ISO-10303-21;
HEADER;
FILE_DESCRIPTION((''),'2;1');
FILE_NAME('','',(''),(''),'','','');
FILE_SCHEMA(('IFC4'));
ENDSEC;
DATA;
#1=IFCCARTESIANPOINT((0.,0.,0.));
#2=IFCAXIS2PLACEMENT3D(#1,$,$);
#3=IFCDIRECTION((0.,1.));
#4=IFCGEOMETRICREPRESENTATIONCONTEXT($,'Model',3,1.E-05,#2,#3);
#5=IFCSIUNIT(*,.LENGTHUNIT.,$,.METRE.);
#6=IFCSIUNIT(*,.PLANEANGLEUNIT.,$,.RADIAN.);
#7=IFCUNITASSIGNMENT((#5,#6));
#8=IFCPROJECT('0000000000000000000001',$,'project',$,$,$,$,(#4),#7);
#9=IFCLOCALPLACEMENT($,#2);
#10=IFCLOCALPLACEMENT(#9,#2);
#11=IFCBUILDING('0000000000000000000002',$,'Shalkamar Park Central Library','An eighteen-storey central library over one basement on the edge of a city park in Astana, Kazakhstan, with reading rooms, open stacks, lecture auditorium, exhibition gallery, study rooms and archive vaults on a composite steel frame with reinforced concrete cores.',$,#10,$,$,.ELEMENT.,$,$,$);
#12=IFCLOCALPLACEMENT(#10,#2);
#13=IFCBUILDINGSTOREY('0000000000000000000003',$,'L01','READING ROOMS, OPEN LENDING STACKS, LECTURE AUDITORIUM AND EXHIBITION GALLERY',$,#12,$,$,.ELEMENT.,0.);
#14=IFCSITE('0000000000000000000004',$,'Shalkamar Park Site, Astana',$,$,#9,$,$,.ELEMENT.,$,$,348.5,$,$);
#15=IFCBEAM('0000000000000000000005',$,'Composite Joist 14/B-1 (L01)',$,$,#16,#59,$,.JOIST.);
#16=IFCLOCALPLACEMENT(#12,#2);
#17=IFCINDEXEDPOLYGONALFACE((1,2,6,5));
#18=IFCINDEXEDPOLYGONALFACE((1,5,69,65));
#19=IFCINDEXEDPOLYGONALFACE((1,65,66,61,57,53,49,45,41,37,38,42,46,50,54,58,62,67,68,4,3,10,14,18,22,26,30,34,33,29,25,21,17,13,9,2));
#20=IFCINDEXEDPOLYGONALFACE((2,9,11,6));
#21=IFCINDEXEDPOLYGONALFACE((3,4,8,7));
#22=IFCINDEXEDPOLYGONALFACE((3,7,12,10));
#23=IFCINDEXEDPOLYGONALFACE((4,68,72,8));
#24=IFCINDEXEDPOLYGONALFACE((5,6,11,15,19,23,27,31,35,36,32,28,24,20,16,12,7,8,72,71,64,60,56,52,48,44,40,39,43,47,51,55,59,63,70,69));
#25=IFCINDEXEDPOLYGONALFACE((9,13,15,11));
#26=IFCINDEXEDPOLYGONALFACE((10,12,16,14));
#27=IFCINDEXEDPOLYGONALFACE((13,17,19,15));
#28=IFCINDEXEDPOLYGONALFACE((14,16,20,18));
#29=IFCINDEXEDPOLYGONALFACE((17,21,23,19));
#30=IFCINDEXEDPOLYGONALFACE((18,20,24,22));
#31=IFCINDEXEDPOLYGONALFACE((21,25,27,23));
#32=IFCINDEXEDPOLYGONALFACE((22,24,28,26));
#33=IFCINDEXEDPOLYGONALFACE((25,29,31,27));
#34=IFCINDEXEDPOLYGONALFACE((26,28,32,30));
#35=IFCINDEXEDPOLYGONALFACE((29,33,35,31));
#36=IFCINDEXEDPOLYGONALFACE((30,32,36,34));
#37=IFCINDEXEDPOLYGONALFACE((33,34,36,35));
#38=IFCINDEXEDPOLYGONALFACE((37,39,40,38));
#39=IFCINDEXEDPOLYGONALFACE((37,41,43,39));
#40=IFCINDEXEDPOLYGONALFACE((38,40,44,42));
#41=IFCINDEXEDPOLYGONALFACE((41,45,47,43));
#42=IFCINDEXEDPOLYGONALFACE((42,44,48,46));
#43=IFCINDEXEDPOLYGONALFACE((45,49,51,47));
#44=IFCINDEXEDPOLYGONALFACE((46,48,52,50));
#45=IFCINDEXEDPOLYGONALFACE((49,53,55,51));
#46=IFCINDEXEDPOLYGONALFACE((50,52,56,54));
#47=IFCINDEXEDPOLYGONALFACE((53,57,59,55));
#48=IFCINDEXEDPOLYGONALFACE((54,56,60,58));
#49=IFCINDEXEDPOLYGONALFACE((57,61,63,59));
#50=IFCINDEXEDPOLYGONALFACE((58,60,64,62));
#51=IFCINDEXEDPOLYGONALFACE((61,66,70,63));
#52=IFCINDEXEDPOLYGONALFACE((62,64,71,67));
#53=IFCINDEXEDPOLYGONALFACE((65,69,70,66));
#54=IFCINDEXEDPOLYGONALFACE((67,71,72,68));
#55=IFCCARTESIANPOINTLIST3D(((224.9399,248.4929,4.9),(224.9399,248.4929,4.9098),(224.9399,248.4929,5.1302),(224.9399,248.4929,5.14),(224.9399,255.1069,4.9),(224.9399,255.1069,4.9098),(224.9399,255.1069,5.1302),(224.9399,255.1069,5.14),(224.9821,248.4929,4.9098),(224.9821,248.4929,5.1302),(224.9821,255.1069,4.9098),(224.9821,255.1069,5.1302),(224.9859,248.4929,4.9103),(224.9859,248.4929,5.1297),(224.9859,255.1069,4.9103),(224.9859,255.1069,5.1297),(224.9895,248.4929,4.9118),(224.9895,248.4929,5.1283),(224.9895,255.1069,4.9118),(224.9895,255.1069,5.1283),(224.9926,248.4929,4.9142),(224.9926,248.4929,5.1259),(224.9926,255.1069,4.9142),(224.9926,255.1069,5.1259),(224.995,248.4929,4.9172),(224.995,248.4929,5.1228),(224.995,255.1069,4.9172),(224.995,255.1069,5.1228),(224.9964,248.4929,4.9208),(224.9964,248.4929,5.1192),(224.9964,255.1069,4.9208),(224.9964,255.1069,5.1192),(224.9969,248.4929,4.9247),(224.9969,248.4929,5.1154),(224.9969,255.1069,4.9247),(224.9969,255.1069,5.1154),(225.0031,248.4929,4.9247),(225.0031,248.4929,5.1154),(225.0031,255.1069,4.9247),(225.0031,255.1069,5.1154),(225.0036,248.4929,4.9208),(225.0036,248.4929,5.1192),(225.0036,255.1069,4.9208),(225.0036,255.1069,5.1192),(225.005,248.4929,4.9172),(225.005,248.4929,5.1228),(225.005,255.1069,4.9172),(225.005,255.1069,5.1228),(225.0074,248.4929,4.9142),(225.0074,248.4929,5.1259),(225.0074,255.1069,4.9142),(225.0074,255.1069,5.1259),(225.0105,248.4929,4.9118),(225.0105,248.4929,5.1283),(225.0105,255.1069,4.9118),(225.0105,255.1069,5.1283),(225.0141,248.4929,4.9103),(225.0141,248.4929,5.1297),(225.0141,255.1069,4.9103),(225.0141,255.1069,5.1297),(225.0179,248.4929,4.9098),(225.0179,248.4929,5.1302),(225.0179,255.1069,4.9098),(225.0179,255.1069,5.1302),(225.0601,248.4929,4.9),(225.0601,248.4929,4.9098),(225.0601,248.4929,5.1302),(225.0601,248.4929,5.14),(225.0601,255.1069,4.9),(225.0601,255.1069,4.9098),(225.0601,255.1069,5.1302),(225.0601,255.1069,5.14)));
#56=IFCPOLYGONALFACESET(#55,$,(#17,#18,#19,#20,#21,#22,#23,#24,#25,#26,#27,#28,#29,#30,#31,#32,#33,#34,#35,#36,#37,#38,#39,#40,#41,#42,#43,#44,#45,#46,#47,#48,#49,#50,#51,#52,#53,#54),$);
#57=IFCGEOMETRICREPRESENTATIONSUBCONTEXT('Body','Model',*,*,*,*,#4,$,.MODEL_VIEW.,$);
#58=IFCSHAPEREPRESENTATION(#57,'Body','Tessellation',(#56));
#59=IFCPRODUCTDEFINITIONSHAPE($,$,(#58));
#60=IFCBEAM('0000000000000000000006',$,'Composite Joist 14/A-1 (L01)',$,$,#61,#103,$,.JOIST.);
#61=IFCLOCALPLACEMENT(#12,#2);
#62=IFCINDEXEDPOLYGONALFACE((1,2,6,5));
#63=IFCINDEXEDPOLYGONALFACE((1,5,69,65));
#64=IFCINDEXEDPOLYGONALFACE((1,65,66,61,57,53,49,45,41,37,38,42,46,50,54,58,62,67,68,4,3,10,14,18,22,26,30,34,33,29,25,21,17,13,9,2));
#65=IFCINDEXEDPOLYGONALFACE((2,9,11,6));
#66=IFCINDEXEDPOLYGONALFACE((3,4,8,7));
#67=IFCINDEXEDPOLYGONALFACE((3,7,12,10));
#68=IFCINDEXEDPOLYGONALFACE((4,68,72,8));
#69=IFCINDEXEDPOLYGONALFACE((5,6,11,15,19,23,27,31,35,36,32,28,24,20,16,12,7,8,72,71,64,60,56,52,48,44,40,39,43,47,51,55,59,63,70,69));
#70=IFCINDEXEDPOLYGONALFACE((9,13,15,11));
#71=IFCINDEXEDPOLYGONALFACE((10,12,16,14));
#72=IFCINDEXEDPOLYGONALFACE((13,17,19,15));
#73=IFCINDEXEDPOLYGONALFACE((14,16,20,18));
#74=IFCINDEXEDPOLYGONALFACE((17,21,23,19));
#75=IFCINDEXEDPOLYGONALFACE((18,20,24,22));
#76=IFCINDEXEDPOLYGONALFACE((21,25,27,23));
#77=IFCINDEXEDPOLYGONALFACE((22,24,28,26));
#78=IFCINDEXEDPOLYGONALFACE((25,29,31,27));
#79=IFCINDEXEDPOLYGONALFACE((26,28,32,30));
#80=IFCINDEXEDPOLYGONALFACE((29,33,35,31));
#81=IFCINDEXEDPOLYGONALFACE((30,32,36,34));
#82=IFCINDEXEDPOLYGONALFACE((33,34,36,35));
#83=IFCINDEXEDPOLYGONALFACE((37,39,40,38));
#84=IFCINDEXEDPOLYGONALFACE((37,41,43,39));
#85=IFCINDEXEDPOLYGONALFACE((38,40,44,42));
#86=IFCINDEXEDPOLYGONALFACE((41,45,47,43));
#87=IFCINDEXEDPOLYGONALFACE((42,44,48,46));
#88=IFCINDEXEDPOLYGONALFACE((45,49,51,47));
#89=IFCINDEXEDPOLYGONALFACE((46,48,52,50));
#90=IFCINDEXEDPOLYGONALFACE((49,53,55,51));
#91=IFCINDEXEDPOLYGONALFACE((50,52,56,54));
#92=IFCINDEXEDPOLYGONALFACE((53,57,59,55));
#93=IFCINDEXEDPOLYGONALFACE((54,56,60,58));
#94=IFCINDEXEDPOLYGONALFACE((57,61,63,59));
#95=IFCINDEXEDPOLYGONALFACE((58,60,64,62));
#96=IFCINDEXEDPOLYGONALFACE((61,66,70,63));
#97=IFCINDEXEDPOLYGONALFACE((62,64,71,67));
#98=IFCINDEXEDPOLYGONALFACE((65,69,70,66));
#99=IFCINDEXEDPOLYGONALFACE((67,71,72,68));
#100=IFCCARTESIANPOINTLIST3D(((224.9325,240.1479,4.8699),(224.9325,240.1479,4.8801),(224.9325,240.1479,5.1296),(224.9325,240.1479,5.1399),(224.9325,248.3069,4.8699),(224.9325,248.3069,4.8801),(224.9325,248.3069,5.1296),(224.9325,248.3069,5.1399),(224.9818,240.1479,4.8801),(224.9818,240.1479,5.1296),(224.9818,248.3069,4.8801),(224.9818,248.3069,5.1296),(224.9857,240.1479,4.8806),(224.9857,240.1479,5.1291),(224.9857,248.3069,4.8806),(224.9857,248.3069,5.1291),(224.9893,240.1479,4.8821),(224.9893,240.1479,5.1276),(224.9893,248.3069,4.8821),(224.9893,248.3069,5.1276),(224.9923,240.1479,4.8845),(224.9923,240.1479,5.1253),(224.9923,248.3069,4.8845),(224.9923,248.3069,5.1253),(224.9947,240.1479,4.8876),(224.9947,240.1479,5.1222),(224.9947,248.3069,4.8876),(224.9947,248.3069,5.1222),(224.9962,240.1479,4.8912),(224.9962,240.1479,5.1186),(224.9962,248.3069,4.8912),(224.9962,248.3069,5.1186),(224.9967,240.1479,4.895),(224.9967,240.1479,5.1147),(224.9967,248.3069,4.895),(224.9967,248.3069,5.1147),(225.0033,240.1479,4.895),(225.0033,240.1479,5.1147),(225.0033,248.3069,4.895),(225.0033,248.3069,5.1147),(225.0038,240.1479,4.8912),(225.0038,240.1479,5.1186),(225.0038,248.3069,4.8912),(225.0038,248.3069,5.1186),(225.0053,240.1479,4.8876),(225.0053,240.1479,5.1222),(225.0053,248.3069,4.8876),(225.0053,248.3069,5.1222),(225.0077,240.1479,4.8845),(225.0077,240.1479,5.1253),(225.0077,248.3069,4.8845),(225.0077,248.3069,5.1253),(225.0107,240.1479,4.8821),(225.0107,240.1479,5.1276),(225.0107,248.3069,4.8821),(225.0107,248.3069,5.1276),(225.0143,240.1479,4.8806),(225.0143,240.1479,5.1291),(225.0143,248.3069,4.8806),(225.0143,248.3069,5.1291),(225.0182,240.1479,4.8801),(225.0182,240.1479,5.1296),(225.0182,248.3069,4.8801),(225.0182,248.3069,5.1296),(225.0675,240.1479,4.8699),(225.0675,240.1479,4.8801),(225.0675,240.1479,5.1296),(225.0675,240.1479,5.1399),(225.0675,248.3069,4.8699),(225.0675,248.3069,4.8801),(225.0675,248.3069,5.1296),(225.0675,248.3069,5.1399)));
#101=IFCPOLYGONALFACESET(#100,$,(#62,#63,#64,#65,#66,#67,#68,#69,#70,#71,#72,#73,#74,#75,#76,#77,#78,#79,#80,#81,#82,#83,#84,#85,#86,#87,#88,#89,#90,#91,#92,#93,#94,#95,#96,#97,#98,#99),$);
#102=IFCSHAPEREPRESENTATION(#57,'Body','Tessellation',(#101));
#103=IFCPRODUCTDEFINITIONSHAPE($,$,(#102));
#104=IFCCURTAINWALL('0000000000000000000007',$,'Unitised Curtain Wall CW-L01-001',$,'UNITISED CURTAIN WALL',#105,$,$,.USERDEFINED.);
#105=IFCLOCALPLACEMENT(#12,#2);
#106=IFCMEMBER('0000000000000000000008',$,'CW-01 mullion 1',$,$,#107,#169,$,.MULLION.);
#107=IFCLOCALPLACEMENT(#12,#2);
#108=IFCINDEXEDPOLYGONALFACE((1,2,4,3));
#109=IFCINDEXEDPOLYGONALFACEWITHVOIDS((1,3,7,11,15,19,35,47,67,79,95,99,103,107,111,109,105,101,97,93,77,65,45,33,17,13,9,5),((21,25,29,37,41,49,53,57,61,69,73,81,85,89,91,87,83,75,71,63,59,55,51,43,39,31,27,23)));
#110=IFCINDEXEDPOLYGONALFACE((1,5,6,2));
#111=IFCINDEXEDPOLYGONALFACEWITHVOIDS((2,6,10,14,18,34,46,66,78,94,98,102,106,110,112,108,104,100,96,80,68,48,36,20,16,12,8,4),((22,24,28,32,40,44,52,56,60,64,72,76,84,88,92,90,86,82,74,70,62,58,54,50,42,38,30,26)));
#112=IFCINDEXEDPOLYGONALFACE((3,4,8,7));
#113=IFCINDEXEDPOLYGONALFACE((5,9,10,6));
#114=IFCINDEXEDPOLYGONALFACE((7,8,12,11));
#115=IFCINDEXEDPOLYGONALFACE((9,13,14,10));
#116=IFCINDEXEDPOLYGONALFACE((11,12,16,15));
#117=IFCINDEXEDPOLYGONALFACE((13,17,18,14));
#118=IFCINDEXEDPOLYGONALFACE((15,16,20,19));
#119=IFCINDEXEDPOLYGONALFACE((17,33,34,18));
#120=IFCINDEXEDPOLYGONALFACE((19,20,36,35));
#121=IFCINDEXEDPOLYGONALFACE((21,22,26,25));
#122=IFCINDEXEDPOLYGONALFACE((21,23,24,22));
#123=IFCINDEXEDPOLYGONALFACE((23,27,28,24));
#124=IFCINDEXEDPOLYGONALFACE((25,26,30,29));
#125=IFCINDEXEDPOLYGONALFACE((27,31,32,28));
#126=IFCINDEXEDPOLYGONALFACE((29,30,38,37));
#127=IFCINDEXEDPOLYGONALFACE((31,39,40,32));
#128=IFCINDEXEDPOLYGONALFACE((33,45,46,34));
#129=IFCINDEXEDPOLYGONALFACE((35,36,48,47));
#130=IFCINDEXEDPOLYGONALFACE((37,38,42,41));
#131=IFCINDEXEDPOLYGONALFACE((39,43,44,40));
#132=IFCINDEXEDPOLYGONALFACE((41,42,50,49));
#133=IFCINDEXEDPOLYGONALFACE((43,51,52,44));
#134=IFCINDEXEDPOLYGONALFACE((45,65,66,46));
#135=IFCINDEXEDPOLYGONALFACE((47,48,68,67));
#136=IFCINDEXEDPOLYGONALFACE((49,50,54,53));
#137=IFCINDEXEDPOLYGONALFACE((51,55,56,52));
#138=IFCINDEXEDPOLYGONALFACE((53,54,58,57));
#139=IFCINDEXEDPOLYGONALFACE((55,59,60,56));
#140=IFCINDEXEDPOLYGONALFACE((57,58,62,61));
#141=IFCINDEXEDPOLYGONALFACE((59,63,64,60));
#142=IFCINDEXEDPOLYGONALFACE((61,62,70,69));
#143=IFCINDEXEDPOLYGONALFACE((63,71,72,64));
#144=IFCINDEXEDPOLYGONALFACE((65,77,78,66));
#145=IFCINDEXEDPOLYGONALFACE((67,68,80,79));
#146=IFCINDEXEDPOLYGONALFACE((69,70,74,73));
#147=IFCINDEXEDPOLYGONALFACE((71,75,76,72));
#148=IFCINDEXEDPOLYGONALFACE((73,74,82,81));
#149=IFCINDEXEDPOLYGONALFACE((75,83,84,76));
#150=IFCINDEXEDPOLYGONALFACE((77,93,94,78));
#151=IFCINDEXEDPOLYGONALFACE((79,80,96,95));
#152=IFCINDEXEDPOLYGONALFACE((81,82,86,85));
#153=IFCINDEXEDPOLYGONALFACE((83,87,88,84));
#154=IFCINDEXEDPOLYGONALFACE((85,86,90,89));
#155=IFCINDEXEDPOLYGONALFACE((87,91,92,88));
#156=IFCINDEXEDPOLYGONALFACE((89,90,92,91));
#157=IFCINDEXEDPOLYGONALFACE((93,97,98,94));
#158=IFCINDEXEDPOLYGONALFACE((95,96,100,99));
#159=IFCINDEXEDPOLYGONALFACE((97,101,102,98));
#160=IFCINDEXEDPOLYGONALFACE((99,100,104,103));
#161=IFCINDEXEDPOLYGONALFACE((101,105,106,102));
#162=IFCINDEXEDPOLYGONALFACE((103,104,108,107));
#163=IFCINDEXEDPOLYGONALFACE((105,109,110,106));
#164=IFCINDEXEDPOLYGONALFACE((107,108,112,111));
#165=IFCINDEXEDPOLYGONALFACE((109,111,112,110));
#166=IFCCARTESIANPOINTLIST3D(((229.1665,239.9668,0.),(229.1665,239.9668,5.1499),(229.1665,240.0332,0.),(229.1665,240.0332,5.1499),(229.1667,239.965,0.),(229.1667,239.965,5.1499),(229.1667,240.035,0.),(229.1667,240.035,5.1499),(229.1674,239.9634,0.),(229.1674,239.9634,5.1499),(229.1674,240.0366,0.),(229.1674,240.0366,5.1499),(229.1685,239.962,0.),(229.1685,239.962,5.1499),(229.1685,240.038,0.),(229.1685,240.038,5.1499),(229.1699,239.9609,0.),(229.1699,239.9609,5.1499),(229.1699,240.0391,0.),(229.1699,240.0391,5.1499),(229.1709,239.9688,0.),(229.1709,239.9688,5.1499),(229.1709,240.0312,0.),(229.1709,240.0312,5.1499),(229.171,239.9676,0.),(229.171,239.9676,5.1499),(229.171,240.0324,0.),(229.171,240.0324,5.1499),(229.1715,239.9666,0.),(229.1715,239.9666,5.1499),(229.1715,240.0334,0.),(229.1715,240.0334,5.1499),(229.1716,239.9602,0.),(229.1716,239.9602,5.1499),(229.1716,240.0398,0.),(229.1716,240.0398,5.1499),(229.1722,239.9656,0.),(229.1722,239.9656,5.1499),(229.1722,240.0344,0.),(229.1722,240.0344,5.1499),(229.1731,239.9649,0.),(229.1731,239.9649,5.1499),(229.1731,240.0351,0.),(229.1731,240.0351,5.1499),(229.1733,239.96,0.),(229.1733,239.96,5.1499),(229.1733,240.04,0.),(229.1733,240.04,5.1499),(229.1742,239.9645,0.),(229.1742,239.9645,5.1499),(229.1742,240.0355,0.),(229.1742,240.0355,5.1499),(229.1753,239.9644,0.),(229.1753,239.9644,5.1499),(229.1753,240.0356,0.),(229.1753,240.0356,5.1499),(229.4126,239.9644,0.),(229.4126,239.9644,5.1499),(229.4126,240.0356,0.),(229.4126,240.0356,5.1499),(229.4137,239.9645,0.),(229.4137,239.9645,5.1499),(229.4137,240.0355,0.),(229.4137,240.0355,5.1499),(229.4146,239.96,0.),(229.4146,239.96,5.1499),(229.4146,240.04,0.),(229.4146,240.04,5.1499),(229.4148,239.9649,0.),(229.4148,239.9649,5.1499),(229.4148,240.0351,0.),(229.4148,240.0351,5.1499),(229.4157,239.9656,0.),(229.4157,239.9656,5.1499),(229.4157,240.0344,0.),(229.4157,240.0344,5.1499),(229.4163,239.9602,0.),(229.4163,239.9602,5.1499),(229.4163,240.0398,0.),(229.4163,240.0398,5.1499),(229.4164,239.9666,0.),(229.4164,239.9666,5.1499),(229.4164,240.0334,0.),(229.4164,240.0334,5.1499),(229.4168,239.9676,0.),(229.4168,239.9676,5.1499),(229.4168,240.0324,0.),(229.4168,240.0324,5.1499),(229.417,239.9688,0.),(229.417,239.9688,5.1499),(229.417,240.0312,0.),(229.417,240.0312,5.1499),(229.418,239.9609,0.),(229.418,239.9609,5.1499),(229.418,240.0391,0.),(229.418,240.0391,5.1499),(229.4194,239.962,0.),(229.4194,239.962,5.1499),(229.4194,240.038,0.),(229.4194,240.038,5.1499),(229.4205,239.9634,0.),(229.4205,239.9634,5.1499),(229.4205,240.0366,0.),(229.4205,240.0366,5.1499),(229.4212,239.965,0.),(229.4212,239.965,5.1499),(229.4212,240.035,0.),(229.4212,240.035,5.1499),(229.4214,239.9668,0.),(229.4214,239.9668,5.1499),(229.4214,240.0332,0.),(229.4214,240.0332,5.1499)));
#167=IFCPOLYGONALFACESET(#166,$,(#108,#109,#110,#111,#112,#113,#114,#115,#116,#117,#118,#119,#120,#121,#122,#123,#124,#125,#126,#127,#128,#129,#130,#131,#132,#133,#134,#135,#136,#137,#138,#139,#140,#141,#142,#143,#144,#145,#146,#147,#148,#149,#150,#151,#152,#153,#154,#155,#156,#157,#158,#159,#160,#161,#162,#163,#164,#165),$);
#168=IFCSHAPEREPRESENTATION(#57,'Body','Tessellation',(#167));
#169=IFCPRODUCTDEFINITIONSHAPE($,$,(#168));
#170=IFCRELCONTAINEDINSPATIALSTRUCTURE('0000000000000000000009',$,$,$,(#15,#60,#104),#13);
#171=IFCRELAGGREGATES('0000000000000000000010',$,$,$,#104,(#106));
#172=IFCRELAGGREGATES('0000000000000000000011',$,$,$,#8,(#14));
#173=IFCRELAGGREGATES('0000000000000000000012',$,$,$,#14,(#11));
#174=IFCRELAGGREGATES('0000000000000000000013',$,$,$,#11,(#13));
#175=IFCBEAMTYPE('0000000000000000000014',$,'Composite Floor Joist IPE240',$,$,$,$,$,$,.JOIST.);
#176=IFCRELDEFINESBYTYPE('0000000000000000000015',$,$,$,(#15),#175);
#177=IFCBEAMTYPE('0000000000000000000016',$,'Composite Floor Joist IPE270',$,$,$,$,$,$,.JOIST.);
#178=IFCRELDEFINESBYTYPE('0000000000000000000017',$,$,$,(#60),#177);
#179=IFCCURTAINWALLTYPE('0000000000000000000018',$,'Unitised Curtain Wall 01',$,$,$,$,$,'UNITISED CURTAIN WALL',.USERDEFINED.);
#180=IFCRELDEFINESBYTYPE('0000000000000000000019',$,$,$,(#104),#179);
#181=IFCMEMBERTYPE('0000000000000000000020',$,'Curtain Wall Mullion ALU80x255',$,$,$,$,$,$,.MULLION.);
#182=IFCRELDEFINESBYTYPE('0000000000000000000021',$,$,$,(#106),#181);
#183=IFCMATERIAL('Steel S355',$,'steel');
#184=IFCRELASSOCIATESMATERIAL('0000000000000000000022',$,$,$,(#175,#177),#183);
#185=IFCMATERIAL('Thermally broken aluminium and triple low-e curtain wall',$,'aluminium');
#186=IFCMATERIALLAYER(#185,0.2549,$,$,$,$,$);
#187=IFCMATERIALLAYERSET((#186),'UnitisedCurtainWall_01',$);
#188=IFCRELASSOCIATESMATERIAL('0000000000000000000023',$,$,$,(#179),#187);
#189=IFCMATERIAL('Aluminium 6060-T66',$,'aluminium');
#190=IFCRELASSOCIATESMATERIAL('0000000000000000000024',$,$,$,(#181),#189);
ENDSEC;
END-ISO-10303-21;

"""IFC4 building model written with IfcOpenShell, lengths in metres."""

from ifc_helpers import new_model, si_unit, direction, frame, origin, origin_2d, place, context, subcontext, project, spatial, hollow_rectangle, i_section, extrude, material, layer, layer_set, material_profile, profile_set, type_object, element, aggregate, save


model = new_model("IFC4")

# Units and contexts
model_context = context("Model", 3, precision=1e-05, world=origin(), true_north=direction((0.0, 1.0)))
body_context = subcontext(model_context, "Body", "Model", "MODEL_VIEW")
ifc_project = project(units=[si_unit("LENGTHUNIT", "METRE"), si_unit("PLANEANGLEUNIT", "RADIAN")], contexts=[model_context])

# Site, building, storey
site_placement = place(None, origin())
site = spatial("IfcSite", under=ifc_project, at=site_placement, Name="Shalkamar Park Site, Astana", CompositionType="ELEMENT", RefElevation=348.5)
building_placement = place(site_placement, origin())
building = spatial("IfcBuilding", under=site, at=building_placement, Name="Shalkamar Park Central Library", Description="An eighteen-storey central library over one basement on the edge of a city park in Astana, Kazakhstan, with reading rooms, open stacks, lecture auditorium, exhibition gallery, study rooms and archive vaults on a composite steel frame with reinforced concrete cores.", CompositionType="ELEMENT")
storey_placement = place(building_placement, origin())
storey = spatial("IfcBuildingStorey", under=building, at=storey_placement, Name="L01", Description="READING ROOMS, OPEN LENDING STACKS, LECTURE AUDITORIUM AND EXHIBITION GALLERY", CompositionType="ELEMENT", Elevation=0.0)

# Shared definitions
ifc_material_1 = material(Name="Steel S355", Category="steel")

# Beams
ifc_material_profile_1 = material_profile(ifc_material_1, i_section(OverallWidth=0.1201, OverallDepth=0.24, WebThickness=0.0061, FlangeThickness=0.0098, FilletRadius=0.0149, at=origin_2d()), Name="IPE 240")
ifc_profile_set_1 = profile_set([ifc_material_profile_1], Name="Steel S355")
beam_type_1 = type_object("IfcBeamType", Name="Composite Floor Joist IPE240", PredefinedType="JOIST", material=ifc_profile_set_1)
beam_1_placement = place(storey_placement, frame((225.0, 248.4929, 5.02), z_axis=(0.0, 1.0, 0.0), x_axis=(-1.0, 0.0, 0.0)))
element("IfcBeam", 1, at=beam_1_placement, inside=storey, type_object=beam_type_1, Name="Composite Joist 14/B-1 (L01)", PredefinedType="JOIST", context=body_context, shape_type="SweptSolid", body=[
    extrude(i_section(OverallWidth=0.1201, OverallDepth=0.24, WebThickness=0.0061, FlangeThickness=0.0098, FilletRadius=0.0149, at=origin_2d()), origin(), (0.0, 0.0, 1.0), 6.614),
])
ifc_material_profile_2 = material_profile(ifc_material_1, i_section(OverallWidth=0.135, OverallDepth=0.27, WebThickness=0.0066, FlangeThickness=0.0103, FilletRadius=0.0149, at=origin_2d()), Name="IPE 270")
ifc_profile_set_2 = profile_set([ifc_material_profile_2], Name="Steel S355")
beam_type_2 = type_object("IfcBeamType", Name="Composite Floor Joist IPE270", PredefinedType="JOIST", material=ifc_profile_set_2)
beam_2_placement = place(storey_placement, frame((225.0, 240.1479, 5.0049), z_axis=(0.0, 1.0, 0.0), x_axis=(-1.0, 0.0, 0.0)))
element("IfcBeam", 2, at=beam_2_placement, inside=storey, type_object=beam_type_2, Name="Composite Joist 14/A-1 (L01)", PredefinedType="JOIST", context=body_context, shape_type="SweptSolid", body=[
    extrude(i_section(OverallWidth=0.135, OverallDepth=0.27, WebThickness=0.0066, FlangeThickness=0.0103, FilletRadius=0.0149, at=origin_2d()), origin(), (0.0, 0.0, 1.0), 8.1589),
])

# Curtain wall, member
ifc_material_2 = material(Name="Thermally broken aluminium and triple low-e curtain wall", Category="aluminium")
ifc_layer_1 = layer(ifc_material_2, 0.2549)
ifc_layer_set_1 = layer_set([ifc_layer_1], Name="UnitisedCurtainWall_01")
curtain_wall_type = type_object("IfcCurtainWallType", Name="Unitised Curtain Wall 01", ElementType="UNITISED CURTAIN WALL", PredefinedType="USERDEFINED", material=ifc_layer_set_1)
curtain_wall_placement = place(storey_placement, origin())
curtain_wall = element("IfcCurtainWall", 3, at=curtain_wall_placement, inside=storey, type_object=curtain_wall_type, Name="Unitised Curtain Wall CW-L01-001", ObjectType="UNITISED CURTAIN WALL", PredefinedType="USERDEFINED")
ifc_material_3 = material(Name="Aluminium 6060-T66", Category="aluminium")
ifc_material_profile_3 = material_profile(ifc_material_3, hollow_rectangle(XDim=0.0801, YDim=0.2549, WallThickness=0.0044, InnerFilletRadius=0.0044, OuterFilletRadius=0.0068, at=origin_2d()), Name="ALU 80x255x4.5")
ifc_profile_set_3 = profile_set([ifc_material_profile_3], Name="Aluminium 6060-T66")
member_type_1 = type_object("IfcMemberType", Name="Curtain Wall Mullion ALU80x255", PredefinedType="MULLION", material=ifc_profile_set_3)
member_1_placement = place(storey_placement, frame((229.2939, 240.0, 0.0), z_axis=(0.0, 0.0, 1.0), x_axis=(0.0, 1.0, 0.0)))
member_1 = element("IfcMember", 4, at=member_1_placement, type_object=member_type_1, Name="CW-01 mullion 1", PredefinedType="MULLION", context=body_context, shape_type="SweptSolid", body=[
    extrude(hollow_rectangle(XDim=0.0801, YDim=0.2549, WallThickness=0.0044, InnerFilletRadius=0.0044, OuterFilletRadius=0.0068, at=origin_2d()), origin(), (0.0, 0.0, 1.0), 5.1499),
])

aggregate(curtain_wall, [member_1])

save(model, "model.ifc")
